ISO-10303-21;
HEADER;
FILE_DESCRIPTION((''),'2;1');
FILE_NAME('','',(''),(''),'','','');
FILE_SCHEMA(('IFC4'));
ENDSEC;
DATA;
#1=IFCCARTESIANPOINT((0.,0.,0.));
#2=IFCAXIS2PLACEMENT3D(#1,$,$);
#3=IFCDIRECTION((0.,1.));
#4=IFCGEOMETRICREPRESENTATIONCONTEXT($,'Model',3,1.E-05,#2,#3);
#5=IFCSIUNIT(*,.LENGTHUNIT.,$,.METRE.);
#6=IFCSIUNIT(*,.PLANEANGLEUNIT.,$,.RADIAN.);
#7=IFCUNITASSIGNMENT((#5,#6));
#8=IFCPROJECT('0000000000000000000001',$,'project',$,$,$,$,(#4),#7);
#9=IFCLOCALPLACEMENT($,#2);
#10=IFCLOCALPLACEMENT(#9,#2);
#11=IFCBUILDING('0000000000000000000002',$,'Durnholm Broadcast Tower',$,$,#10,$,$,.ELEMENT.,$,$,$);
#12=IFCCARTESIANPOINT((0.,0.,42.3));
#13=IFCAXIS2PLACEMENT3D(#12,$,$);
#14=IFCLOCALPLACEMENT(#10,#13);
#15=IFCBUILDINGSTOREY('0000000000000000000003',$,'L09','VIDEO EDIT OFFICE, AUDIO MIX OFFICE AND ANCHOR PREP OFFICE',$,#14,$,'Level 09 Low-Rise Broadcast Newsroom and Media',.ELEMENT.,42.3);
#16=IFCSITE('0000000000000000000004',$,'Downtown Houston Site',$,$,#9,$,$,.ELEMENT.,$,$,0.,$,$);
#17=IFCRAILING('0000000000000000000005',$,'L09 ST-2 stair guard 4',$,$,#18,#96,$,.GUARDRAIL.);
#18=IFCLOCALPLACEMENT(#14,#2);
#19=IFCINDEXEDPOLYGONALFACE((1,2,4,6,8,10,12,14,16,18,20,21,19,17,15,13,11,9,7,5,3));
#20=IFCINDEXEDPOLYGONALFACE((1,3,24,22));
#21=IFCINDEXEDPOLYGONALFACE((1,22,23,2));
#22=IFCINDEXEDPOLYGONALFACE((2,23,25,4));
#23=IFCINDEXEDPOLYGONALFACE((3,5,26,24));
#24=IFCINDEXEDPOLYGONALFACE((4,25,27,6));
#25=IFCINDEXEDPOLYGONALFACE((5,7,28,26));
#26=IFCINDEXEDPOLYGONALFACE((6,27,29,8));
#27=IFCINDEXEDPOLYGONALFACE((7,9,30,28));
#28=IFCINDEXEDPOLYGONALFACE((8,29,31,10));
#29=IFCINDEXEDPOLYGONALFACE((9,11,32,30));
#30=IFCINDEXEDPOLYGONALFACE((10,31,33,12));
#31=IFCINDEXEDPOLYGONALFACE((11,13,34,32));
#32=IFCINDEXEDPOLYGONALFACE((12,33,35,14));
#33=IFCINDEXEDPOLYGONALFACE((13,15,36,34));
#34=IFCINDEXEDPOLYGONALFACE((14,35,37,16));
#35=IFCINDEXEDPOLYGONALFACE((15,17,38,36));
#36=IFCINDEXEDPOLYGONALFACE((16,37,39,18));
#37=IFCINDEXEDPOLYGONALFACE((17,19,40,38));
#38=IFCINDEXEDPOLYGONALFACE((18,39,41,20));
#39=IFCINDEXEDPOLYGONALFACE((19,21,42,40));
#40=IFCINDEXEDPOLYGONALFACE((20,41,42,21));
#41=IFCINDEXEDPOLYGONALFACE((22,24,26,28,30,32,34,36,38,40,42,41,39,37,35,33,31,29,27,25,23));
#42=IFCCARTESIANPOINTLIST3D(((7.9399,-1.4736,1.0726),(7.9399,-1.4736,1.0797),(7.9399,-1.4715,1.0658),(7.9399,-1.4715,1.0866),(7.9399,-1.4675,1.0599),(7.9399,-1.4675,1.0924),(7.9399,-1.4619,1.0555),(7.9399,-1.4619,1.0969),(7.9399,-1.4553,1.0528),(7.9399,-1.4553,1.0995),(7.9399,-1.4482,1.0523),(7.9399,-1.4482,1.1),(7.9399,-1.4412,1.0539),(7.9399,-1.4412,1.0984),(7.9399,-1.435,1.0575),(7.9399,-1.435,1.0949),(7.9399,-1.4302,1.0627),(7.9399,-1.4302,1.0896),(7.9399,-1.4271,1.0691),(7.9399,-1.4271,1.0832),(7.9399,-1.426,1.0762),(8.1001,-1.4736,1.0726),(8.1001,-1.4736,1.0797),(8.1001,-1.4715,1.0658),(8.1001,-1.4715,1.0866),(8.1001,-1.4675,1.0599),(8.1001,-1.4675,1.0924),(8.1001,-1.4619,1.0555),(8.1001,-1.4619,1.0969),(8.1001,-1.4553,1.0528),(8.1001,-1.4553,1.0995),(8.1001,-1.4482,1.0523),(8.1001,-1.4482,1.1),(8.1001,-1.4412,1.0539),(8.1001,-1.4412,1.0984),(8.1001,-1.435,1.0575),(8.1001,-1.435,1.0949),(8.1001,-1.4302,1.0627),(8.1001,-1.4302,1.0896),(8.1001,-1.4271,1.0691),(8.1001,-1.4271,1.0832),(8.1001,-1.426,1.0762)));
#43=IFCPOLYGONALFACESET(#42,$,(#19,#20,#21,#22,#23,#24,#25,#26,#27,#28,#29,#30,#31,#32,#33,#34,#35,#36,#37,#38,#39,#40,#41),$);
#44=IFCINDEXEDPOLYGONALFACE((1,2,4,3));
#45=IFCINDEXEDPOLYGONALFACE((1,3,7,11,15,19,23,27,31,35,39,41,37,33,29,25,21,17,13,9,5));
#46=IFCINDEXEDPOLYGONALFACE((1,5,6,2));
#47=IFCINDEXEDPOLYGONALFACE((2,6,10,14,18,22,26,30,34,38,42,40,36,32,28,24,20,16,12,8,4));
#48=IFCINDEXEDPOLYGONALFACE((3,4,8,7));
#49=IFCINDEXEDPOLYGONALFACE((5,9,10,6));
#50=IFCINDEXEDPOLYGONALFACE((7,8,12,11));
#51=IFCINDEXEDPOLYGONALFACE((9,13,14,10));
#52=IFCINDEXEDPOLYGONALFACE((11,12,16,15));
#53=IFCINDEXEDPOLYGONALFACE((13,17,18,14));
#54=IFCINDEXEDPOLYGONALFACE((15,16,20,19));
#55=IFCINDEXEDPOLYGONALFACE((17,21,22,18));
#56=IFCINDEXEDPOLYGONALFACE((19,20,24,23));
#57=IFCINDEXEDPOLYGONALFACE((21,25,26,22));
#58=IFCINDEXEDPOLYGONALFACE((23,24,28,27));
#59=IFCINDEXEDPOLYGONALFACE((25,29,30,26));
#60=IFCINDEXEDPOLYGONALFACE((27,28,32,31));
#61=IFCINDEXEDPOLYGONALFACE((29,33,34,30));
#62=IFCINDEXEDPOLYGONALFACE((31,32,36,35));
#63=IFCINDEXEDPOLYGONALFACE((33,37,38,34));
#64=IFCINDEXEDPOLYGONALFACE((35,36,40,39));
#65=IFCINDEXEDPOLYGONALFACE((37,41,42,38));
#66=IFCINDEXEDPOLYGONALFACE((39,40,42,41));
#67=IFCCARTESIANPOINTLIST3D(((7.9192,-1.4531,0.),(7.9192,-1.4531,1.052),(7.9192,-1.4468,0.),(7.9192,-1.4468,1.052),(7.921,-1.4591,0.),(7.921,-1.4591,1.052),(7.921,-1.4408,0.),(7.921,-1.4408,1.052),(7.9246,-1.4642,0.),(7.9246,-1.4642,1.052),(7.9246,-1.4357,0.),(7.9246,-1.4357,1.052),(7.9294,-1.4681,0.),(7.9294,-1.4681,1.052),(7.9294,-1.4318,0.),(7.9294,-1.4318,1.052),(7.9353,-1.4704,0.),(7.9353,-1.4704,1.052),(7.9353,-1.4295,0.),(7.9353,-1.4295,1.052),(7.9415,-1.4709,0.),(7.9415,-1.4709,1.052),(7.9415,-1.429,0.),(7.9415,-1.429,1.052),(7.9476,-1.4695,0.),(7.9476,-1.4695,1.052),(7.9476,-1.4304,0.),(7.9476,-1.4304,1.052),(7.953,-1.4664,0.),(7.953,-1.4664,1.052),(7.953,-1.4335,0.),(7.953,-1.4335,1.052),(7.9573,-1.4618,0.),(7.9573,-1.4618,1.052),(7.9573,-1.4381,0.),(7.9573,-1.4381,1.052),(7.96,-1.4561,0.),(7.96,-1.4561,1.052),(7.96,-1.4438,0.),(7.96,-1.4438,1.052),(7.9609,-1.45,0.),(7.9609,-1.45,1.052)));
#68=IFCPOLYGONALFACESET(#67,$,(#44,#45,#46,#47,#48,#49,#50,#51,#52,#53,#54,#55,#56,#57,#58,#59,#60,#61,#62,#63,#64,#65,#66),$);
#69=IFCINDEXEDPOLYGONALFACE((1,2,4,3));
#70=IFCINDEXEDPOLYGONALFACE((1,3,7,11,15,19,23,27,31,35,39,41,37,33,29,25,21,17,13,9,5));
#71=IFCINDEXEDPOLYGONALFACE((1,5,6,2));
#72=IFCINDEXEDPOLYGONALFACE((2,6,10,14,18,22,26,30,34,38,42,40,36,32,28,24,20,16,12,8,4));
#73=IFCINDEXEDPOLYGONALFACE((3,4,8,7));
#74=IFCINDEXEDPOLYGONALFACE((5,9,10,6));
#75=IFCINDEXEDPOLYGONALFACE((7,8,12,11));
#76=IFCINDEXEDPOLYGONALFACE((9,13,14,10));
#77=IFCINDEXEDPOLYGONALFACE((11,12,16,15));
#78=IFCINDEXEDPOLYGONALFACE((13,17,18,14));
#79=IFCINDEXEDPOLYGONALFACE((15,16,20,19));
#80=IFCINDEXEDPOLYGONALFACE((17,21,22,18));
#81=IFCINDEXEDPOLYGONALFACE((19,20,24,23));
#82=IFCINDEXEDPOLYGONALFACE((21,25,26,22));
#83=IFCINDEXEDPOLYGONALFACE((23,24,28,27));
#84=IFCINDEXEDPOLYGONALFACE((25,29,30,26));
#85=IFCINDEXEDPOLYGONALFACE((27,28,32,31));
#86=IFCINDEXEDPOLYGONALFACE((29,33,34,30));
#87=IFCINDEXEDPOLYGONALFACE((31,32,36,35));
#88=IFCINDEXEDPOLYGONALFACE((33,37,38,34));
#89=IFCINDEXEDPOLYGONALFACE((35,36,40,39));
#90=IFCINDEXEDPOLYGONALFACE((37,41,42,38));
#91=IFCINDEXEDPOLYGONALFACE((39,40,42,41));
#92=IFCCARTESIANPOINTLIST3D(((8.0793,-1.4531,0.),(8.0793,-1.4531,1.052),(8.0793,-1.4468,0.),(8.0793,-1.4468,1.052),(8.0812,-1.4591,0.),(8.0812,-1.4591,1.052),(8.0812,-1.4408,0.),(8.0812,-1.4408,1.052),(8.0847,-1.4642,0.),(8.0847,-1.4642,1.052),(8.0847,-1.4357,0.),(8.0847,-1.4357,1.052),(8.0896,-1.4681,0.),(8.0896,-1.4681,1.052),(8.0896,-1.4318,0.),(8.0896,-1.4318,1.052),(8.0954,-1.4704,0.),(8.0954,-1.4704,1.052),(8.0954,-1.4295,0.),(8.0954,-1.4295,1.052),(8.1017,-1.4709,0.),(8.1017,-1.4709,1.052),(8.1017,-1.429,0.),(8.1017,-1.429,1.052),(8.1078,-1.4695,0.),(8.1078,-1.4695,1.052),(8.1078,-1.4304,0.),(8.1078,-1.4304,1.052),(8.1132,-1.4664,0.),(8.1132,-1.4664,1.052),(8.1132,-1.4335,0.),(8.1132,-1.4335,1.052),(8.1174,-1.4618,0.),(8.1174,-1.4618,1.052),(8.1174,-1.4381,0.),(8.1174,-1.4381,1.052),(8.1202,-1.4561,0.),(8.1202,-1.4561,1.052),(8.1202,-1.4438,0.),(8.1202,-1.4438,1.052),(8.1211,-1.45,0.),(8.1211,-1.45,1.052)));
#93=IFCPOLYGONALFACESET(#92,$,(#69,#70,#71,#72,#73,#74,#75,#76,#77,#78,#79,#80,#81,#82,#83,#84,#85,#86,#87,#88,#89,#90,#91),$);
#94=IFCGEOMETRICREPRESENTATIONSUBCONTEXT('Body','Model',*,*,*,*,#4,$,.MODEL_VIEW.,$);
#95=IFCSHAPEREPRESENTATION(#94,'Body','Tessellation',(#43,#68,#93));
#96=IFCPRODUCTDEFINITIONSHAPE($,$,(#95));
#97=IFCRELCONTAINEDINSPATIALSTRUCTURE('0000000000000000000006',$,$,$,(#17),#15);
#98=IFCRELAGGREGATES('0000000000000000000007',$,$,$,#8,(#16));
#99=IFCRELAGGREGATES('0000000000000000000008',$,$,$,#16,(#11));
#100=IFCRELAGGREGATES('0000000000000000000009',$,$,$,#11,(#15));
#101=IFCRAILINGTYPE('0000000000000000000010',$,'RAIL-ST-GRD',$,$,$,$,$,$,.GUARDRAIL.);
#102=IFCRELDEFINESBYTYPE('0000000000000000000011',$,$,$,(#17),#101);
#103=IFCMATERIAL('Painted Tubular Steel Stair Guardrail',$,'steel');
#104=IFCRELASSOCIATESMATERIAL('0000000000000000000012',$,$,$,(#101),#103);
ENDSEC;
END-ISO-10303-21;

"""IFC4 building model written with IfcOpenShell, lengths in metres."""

from ifc_helpers import new_model, si_unit, direction, frame, origin, origin_2d, place, context, subcontext, project, spatial, circle, extrude, material, type_object, element, save


model = new_model("IFC4")

# Units and contexts
model_context = context("Model", 3, precision=1e-05, world=origin(), true_north=direction((0.0, 1.0)))
body_context = subcontext(model_context, "Body", "Model", "MODEL_VIEW")
ifc_project = project(units=[si_unit("LENGTHUNIT", "METRE"), si_unit("PLANEANGLEUNIT", "RADIAN")], contexts=[model_context])

# Site, building, storey
site_placement = place(None, origin())
site = spatial("IfcSite", under=ifc_project, at=site_placement, Name="Downtown Houston Site", CompositionType="ELEMENT", RefElevation=0.0)
building_placement = place(site_placement, origin())
building = spatial("IfcBuilding", under=site, at=building_placement, Name="Durnholm Broadcast Tower", CompositionType="ELEMENT")
storey_placement = place(building_placement, frame((0.0, 0.0, 42.3)))
storey = spatial("IfcBuildingStorey", under=building, at=storey_placement, Name="L09", Description="VIDEO EDIT OFFICE, AUDIO MIX OFFICE AND ANCHOR PREP OFFICE", LongName="Level 09 Low-Rise Broadcast Newsroom and Media", CompositionType="ELEMENT", Elevation=42.3)

# Railing
ifc_material_1 = material(Name="Painted Tubular Steel Stair Guardrail", Category="steel")
railing_type_1 = type_object("IfcRailingType", Name="RAIL-ST-GRD", PredefinedType="GUARDRAIL", material=ifc_material_1)
railing_1_placement = place(storey_placement, frame((7.9399, -1.45, 0.0)))
element("IfcRailing", 1, at=railing_1_placement, inside=storey, type_object=railing_type_1, Name="L09 ST-2 stair guard 4", PredefinedType="GUARDRAIL", context=body_context, shape_type="SweptSolid", body=[
    extrude(circle(Radius=0.0239, at=origin_2d()), frame((0.0, 0.0, 1.0762), z_axis=(1.0, 0.0, 0.0), x_axis=(0.0, 1.0, 0.0)), (0.0, 0.0, 1.0), 0.1602),
    extrude(circle(Radius=0.021, at=origin_2d()), origin(), (0.0, 0.0, 1.0), 1.052),
    extrude(circle(Radius=0.021, at=origin_2d()), frame((0.1602, 0.0, 0.0)), (0.0, 0.0, 1.0), 1.052),
])

save(model, "model.ifc")
